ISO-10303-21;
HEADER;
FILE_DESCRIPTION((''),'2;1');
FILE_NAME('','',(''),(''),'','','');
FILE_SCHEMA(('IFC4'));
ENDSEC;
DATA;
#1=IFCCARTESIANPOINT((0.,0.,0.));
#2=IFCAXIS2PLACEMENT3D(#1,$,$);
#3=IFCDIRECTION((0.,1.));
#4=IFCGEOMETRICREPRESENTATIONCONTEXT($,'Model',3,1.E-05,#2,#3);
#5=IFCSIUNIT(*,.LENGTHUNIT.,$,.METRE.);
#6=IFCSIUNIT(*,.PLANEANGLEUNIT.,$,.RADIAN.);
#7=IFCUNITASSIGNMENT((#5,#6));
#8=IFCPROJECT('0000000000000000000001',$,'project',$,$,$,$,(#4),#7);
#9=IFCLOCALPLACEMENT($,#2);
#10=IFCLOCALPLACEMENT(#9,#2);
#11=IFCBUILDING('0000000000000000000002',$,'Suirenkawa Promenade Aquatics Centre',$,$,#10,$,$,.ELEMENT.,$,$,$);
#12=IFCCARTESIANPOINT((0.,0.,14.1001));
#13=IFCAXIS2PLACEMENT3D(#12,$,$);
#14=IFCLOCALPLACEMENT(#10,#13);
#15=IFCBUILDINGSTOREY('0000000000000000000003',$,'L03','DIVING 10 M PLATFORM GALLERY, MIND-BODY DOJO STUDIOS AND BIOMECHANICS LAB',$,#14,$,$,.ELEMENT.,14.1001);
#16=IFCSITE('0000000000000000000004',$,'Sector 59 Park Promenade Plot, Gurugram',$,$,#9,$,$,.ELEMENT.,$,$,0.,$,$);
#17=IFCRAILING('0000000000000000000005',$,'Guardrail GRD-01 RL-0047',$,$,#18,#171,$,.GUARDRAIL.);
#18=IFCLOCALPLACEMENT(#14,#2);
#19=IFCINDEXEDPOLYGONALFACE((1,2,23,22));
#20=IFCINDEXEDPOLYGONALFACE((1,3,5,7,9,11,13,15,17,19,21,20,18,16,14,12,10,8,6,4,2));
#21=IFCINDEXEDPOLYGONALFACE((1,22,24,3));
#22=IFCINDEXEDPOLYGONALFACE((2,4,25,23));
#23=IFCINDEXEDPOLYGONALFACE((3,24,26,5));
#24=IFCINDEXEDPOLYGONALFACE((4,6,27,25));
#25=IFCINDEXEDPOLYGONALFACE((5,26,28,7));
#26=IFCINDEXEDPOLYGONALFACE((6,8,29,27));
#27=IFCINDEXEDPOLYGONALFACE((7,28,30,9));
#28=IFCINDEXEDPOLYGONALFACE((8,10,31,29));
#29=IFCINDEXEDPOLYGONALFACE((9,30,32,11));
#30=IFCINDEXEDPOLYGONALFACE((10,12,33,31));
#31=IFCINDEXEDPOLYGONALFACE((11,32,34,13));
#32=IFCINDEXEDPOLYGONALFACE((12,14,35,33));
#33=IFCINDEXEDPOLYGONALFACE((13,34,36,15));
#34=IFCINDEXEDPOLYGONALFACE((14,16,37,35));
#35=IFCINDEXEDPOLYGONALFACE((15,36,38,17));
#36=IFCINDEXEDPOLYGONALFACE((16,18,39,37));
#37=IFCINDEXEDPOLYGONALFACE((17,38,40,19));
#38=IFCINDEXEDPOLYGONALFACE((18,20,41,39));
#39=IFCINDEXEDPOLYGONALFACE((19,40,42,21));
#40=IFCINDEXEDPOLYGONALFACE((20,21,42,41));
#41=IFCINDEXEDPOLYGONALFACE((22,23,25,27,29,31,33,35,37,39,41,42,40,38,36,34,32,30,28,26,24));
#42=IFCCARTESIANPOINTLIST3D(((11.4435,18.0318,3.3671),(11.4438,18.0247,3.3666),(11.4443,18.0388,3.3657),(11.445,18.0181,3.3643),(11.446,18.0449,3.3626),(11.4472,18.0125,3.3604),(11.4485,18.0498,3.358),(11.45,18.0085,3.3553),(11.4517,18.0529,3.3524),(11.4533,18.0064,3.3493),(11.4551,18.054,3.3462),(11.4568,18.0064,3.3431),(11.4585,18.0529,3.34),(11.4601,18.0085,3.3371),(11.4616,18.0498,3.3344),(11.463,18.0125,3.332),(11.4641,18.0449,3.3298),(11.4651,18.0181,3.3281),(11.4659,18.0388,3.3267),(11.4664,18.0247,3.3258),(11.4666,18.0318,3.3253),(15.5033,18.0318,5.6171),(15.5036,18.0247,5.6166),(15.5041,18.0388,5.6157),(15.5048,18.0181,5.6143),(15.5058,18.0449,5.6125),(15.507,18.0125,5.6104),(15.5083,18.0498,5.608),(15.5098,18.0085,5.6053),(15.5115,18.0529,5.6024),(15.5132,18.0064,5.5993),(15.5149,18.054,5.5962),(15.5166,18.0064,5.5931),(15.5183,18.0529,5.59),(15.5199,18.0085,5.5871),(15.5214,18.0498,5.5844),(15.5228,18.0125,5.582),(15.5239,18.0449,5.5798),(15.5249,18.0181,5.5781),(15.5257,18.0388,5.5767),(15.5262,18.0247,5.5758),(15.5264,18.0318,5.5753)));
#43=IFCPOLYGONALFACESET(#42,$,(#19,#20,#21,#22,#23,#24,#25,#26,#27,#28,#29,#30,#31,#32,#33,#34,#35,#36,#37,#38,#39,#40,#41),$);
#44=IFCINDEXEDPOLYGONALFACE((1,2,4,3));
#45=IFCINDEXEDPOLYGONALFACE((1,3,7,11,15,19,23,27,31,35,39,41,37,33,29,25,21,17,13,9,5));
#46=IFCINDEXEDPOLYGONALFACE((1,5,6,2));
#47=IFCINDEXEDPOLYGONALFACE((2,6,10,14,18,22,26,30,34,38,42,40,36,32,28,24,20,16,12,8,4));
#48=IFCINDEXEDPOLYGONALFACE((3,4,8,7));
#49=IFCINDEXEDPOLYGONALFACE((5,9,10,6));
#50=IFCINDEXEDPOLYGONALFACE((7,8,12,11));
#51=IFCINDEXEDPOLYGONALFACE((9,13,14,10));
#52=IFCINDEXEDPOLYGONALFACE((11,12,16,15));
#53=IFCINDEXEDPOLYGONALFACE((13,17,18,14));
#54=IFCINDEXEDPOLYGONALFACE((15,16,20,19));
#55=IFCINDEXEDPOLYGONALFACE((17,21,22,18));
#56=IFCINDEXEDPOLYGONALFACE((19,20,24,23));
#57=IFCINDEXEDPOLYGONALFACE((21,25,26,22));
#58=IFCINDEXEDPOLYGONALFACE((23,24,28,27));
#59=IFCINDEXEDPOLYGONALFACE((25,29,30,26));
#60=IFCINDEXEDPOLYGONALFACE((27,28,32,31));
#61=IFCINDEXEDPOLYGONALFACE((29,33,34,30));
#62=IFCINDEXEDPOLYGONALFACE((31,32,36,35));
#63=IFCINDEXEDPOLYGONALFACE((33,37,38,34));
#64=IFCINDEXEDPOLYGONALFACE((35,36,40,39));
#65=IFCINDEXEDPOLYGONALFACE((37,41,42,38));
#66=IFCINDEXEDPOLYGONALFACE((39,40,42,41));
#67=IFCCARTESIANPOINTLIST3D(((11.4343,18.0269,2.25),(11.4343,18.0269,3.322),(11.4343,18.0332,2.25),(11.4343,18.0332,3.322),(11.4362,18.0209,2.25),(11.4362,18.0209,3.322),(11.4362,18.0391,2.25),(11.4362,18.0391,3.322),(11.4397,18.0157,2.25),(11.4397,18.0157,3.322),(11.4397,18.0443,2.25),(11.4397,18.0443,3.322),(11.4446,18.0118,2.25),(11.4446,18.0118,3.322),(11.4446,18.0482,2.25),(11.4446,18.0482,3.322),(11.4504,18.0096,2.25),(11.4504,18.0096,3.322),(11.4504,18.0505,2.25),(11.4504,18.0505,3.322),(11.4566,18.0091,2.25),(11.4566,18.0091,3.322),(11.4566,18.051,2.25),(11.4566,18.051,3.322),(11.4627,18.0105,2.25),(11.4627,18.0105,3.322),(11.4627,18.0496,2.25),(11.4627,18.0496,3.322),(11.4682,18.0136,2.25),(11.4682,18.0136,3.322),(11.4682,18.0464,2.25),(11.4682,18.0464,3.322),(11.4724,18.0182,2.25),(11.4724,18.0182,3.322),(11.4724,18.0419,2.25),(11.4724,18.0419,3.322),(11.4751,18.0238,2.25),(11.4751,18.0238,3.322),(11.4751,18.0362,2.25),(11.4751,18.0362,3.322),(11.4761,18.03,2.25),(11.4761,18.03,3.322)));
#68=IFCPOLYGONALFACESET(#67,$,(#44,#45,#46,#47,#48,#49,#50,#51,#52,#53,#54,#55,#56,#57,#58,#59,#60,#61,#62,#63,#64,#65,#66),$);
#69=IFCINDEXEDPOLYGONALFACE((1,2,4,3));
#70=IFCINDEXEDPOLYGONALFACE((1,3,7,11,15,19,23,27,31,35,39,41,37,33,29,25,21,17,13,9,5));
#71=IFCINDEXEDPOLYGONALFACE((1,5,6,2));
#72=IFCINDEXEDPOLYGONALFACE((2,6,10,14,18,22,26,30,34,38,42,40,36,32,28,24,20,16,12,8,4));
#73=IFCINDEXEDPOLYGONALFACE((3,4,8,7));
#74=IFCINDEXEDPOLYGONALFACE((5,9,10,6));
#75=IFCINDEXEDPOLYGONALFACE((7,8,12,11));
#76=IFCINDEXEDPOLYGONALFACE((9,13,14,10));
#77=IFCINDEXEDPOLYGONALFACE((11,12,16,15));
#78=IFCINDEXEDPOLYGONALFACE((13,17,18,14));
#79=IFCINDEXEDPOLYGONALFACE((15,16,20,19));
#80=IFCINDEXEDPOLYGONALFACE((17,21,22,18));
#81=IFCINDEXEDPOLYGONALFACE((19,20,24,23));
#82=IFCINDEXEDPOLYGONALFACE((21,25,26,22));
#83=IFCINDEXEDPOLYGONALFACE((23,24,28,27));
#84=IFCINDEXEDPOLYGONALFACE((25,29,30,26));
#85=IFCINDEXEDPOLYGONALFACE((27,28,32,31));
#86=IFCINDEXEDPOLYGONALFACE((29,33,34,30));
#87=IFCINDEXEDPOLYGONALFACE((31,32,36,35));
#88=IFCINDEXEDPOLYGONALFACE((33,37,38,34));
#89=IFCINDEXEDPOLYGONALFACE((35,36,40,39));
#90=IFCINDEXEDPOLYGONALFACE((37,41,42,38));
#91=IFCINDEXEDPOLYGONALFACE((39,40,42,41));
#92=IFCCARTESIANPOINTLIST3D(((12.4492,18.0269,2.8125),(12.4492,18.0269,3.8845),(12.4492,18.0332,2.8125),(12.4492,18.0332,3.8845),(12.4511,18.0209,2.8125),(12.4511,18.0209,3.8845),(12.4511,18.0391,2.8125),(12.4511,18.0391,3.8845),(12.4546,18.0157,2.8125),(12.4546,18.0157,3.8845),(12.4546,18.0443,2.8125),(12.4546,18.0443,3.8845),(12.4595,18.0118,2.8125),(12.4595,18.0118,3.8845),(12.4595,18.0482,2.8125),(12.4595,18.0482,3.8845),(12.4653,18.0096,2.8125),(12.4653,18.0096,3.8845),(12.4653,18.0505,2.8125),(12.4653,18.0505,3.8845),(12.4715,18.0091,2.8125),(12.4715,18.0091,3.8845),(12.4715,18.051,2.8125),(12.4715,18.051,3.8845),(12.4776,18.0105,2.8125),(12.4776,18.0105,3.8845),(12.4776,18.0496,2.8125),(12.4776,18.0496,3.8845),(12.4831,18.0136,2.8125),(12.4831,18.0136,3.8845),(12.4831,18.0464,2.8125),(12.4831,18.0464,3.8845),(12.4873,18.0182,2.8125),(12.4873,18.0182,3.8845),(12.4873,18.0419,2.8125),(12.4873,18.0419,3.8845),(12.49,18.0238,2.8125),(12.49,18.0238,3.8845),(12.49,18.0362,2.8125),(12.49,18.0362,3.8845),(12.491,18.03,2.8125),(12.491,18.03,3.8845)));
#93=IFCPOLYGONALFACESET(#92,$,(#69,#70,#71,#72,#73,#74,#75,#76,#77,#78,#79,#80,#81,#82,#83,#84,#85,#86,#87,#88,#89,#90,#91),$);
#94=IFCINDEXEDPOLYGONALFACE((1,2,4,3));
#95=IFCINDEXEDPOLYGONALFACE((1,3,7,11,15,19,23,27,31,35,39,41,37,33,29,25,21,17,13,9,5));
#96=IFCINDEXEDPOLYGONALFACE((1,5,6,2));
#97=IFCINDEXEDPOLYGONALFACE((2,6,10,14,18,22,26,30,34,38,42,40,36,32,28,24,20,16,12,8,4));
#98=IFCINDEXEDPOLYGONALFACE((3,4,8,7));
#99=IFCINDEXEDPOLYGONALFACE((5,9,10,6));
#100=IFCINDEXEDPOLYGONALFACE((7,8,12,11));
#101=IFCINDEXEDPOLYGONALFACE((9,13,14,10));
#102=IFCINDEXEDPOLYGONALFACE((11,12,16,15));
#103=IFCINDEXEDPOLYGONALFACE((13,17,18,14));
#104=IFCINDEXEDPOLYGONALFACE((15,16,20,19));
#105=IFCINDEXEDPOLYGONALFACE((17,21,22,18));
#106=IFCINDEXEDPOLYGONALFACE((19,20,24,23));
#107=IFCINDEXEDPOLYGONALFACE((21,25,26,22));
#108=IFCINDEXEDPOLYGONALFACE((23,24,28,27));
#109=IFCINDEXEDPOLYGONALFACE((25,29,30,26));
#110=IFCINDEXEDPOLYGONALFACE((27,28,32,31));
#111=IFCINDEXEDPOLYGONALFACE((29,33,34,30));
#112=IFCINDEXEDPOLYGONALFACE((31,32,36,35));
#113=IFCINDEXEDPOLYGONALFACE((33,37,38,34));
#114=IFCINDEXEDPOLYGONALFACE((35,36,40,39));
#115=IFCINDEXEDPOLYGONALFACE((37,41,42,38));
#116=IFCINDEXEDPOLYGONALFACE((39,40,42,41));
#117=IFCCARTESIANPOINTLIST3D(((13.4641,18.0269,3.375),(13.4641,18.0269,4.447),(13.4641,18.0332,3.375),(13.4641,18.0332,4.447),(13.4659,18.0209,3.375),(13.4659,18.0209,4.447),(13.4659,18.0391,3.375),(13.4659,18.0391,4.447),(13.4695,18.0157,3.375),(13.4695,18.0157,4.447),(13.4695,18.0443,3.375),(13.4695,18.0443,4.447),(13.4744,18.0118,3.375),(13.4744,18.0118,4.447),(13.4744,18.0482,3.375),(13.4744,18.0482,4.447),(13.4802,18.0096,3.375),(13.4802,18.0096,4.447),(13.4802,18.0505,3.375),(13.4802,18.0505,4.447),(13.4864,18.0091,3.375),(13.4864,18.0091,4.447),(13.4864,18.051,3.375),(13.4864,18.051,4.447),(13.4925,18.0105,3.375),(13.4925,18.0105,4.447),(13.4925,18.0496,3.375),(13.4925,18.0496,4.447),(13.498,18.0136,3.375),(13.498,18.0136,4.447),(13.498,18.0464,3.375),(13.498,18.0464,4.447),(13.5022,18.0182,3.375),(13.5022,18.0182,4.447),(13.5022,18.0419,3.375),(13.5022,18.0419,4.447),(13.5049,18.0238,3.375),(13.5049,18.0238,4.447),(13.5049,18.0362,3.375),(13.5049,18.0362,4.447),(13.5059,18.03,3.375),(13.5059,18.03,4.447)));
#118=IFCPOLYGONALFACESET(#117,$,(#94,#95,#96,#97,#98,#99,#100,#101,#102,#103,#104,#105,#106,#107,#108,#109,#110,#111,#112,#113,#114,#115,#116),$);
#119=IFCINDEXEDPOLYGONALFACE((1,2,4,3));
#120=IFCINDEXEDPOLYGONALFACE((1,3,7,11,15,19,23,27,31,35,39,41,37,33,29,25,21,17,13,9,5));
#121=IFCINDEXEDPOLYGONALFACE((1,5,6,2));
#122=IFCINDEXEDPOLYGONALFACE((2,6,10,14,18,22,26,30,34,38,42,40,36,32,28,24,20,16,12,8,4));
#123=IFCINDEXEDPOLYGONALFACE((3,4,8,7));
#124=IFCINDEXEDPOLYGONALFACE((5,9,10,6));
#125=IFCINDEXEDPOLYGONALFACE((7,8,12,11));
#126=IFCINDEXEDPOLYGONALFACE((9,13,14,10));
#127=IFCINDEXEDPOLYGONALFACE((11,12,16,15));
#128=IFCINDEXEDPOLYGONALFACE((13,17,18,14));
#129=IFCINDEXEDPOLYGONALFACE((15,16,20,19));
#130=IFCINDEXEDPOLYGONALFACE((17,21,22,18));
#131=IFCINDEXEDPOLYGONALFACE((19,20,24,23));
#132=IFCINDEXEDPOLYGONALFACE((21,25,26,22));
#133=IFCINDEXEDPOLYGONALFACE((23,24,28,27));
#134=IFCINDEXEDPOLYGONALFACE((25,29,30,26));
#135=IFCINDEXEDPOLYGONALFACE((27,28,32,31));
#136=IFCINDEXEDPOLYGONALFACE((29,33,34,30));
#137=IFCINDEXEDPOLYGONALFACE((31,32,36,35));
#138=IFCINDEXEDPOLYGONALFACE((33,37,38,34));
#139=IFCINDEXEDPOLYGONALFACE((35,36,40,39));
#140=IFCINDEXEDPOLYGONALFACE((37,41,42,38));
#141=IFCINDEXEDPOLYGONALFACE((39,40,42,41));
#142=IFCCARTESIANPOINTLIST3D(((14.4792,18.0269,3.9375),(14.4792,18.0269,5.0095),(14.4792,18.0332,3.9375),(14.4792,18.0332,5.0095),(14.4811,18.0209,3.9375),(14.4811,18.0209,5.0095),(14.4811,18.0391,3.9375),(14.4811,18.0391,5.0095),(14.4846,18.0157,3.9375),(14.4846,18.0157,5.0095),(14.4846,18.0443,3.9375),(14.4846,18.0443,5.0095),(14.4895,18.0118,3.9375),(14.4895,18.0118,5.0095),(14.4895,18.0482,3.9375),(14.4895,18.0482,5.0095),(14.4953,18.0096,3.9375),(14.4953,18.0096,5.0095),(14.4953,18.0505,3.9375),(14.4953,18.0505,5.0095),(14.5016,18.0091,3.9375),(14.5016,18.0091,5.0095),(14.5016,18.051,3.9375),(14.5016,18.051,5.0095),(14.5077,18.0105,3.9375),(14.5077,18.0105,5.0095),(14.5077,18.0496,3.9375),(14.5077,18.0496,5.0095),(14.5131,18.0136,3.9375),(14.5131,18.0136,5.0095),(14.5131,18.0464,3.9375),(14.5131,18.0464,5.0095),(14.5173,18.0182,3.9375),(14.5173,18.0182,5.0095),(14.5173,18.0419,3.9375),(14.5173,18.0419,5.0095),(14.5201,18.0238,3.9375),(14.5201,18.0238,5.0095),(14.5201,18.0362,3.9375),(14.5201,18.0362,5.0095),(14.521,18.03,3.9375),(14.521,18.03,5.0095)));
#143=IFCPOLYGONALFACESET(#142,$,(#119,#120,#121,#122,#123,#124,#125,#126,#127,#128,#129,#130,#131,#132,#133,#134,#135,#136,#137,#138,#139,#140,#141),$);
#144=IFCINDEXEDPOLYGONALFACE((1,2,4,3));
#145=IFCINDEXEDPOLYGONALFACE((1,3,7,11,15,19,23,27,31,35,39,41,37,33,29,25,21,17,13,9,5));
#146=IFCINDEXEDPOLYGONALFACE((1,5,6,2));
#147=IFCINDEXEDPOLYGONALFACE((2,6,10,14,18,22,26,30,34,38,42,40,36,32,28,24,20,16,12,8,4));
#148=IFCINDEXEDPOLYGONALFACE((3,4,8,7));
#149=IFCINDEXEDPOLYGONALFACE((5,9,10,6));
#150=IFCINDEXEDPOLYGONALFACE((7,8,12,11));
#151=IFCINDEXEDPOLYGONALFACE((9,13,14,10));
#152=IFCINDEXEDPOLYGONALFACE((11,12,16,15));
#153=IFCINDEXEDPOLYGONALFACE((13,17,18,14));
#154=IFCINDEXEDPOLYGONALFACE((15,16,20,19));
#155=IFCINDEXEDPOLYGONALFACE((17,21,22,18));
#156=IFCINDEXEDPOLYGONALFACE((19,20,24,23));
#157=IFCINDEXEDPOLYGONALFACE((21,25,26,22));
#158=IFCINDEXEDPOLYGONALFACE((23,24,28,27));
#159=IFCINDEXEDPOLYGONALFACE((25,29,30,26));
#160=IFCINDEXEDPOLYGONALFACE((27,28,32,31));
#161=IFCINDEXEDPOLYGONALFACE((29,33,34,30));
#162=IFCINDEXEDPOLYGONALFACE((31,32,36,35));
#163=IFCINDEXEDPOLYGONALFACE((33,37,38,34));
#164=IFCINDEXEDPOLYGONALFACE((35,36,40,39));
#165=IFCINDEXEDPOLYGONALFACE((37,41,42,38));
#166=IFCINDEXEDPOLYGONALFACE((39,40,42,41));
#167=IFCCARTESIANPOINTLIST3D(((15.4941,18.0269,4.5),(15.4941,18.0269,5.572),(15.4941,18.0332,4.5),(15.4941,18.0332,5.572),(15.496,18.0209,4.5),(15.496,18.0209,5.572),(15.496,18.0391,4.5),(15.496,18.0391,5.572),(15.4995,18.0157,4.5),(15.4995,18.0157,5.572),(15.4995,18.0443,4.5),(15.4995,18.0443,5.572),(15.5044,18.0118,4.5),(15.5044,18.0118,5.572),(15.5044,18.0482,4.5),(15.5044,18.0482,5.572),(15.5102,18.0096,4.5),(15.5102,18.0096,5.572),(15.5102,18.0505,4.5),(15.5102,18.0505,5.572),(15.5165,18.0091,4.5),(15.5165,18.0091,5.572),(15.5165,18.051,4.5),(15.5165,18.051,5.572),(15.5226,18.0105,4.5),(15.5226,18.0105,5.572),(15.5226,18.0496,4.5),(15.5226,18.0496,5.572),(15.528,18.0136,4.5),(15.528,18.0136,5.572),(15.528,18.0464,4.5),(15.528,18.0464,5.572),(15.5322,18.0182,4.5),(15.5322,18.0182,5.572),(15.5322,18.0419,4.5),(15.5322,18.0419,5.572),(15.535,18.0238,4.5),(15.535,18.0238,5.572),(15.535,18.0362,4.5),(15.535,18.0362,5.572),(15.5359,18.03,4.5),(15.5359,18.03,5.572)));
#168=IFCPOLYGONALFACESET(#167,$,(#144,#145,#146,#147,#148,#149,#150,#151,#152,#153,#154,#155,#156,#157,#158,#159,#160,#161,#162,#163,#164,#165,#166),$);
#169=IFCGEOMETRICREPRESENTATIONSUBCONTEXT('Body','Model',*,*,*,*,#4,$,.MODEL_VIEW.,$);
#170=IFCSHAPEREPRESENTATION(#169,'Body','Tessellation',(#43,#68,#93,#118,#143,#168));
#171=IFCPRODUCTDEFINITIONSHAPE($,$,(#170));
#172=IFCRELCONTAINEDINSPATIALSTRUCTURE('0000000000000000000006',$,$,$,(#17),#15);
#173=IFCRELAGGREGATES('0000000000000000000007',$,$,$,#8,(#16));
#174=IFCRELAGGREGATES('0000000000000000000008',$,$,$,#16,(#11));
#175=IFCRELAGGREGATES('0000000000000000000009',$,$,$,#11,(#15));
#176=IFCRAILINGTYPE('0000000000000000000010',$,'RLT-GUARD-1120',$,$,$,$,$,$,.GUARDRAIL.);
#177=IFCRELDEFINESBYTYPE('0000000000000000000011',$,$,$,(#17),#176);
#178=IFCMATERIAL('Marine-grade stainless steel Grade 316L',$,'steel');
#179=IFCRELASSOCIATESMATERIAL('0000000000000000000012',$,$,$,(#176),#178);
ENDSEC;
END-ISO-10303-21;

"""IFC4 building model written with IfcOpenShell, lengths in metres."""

from ifc_helpers import new_model, si_unit, direction, frame, origin, origin_2d, place, context, subcontext, project, spatial, circle, extrude, material, type_object, element, save


model = new_model("IFC4")

# Units and contexts
model_context = context("Model", 3, precision=1e-05, world=origin(), true_north=direction((0.0, 1.0)))
body_context = subcontext(model_context, "Body", "Model", "MODEL_VIEW")
ifc_project = project(units=[si_unit("LENGTHUNIT", "METRE"), si_unit("PLANEANGLEUNIT", "RADIAN")], contexts=[model_context])

# Site, building, storey
site_placement = place(None, origin())
site = spatial("IfcSite", under=ifc_project, at=site_placement, Name="Sector 59 Park Promenade Plot, Gurugram", CompositionType="ELEMENT", RefElevation=0.0)
building_placement = place(site_placement, origin())
building = spatial("IfcBuilding", under=site, at=building_placement, Name="Suirenkawa Promenade Aquatics Centre", CompositionType="ELEMENT")
storey_placement = place(building_placement, frame((0.0, 0.0, 14.1001)))
storey = spatial("IfcBuildingStorey", under=building, at=storey_placement, Name="L03", Description="DIVING 10 M PLATFORM GALLERY, MIND-BODY DOJO STUDIOS AND BIOMECHANICS LAB", CompositionType="ELEMENT", Elevation=14.1001)

# Shared definitions
ifc_material_1 = material(Name="Marine-grade stainless steel Grade 316L", Category="steel")

# Railing
railing_type_1 = type_object("IfcRailingType", Name="RLT-GUARD-1120", PredefinedType="GUARDRAIL", material=ifc_material_1)
for number, where, name in (
    (1, (11.4551, 18.03, 2.25), "Guardrail GRD-01 RL-0047"),
):
    element("IfcRailing", number, at=place(storey_placement, frame(where)), inside=storey, type_object=railing_type_1, Name=name, PredefinedType="GUARDRAIL", context=body_context, shape_type="SweptSolid", body=[
        extrude(circle(Radius=0.0239, at=origin_2d()), frame((0.0, 0.0, 1.0962), z_axis=(0.874656, 0.0, 0.484745), x_axis=(0.0, 1.0, 0.0)), (0.0, 0.0, 1.0), 4.6416),
        extrude(circle(Radius=0.021, at=origin_2d()), origin(), (0.0, 0.0, 1.0), 1.072),
        extrude(circle(Radius=0.021, at=origin_2d()), frame((1.0149, 0.0, 0.5625)), (0.0, 0.0, 1.0), 1.072),
        extrude(circle(Radius=0.021, at=origin_2d()), frame((2.0298, 0.0, 1.125)), (0.0, 0.0, 1.0), 1.072),
        extrude(circle(Radius=0.021, at=origin_2d()), frame((3.0449, 0.0, 1.6875)), (0.0, 0.0, 1.0), 1.072),
        extrude(circle(Radius=0.021, at=origin_2d()), frame((4.0598, 0.0, 2.25)), (0.0, 0.0, 1.0), 1.072),
    ])

save(model, "model.ifc")
